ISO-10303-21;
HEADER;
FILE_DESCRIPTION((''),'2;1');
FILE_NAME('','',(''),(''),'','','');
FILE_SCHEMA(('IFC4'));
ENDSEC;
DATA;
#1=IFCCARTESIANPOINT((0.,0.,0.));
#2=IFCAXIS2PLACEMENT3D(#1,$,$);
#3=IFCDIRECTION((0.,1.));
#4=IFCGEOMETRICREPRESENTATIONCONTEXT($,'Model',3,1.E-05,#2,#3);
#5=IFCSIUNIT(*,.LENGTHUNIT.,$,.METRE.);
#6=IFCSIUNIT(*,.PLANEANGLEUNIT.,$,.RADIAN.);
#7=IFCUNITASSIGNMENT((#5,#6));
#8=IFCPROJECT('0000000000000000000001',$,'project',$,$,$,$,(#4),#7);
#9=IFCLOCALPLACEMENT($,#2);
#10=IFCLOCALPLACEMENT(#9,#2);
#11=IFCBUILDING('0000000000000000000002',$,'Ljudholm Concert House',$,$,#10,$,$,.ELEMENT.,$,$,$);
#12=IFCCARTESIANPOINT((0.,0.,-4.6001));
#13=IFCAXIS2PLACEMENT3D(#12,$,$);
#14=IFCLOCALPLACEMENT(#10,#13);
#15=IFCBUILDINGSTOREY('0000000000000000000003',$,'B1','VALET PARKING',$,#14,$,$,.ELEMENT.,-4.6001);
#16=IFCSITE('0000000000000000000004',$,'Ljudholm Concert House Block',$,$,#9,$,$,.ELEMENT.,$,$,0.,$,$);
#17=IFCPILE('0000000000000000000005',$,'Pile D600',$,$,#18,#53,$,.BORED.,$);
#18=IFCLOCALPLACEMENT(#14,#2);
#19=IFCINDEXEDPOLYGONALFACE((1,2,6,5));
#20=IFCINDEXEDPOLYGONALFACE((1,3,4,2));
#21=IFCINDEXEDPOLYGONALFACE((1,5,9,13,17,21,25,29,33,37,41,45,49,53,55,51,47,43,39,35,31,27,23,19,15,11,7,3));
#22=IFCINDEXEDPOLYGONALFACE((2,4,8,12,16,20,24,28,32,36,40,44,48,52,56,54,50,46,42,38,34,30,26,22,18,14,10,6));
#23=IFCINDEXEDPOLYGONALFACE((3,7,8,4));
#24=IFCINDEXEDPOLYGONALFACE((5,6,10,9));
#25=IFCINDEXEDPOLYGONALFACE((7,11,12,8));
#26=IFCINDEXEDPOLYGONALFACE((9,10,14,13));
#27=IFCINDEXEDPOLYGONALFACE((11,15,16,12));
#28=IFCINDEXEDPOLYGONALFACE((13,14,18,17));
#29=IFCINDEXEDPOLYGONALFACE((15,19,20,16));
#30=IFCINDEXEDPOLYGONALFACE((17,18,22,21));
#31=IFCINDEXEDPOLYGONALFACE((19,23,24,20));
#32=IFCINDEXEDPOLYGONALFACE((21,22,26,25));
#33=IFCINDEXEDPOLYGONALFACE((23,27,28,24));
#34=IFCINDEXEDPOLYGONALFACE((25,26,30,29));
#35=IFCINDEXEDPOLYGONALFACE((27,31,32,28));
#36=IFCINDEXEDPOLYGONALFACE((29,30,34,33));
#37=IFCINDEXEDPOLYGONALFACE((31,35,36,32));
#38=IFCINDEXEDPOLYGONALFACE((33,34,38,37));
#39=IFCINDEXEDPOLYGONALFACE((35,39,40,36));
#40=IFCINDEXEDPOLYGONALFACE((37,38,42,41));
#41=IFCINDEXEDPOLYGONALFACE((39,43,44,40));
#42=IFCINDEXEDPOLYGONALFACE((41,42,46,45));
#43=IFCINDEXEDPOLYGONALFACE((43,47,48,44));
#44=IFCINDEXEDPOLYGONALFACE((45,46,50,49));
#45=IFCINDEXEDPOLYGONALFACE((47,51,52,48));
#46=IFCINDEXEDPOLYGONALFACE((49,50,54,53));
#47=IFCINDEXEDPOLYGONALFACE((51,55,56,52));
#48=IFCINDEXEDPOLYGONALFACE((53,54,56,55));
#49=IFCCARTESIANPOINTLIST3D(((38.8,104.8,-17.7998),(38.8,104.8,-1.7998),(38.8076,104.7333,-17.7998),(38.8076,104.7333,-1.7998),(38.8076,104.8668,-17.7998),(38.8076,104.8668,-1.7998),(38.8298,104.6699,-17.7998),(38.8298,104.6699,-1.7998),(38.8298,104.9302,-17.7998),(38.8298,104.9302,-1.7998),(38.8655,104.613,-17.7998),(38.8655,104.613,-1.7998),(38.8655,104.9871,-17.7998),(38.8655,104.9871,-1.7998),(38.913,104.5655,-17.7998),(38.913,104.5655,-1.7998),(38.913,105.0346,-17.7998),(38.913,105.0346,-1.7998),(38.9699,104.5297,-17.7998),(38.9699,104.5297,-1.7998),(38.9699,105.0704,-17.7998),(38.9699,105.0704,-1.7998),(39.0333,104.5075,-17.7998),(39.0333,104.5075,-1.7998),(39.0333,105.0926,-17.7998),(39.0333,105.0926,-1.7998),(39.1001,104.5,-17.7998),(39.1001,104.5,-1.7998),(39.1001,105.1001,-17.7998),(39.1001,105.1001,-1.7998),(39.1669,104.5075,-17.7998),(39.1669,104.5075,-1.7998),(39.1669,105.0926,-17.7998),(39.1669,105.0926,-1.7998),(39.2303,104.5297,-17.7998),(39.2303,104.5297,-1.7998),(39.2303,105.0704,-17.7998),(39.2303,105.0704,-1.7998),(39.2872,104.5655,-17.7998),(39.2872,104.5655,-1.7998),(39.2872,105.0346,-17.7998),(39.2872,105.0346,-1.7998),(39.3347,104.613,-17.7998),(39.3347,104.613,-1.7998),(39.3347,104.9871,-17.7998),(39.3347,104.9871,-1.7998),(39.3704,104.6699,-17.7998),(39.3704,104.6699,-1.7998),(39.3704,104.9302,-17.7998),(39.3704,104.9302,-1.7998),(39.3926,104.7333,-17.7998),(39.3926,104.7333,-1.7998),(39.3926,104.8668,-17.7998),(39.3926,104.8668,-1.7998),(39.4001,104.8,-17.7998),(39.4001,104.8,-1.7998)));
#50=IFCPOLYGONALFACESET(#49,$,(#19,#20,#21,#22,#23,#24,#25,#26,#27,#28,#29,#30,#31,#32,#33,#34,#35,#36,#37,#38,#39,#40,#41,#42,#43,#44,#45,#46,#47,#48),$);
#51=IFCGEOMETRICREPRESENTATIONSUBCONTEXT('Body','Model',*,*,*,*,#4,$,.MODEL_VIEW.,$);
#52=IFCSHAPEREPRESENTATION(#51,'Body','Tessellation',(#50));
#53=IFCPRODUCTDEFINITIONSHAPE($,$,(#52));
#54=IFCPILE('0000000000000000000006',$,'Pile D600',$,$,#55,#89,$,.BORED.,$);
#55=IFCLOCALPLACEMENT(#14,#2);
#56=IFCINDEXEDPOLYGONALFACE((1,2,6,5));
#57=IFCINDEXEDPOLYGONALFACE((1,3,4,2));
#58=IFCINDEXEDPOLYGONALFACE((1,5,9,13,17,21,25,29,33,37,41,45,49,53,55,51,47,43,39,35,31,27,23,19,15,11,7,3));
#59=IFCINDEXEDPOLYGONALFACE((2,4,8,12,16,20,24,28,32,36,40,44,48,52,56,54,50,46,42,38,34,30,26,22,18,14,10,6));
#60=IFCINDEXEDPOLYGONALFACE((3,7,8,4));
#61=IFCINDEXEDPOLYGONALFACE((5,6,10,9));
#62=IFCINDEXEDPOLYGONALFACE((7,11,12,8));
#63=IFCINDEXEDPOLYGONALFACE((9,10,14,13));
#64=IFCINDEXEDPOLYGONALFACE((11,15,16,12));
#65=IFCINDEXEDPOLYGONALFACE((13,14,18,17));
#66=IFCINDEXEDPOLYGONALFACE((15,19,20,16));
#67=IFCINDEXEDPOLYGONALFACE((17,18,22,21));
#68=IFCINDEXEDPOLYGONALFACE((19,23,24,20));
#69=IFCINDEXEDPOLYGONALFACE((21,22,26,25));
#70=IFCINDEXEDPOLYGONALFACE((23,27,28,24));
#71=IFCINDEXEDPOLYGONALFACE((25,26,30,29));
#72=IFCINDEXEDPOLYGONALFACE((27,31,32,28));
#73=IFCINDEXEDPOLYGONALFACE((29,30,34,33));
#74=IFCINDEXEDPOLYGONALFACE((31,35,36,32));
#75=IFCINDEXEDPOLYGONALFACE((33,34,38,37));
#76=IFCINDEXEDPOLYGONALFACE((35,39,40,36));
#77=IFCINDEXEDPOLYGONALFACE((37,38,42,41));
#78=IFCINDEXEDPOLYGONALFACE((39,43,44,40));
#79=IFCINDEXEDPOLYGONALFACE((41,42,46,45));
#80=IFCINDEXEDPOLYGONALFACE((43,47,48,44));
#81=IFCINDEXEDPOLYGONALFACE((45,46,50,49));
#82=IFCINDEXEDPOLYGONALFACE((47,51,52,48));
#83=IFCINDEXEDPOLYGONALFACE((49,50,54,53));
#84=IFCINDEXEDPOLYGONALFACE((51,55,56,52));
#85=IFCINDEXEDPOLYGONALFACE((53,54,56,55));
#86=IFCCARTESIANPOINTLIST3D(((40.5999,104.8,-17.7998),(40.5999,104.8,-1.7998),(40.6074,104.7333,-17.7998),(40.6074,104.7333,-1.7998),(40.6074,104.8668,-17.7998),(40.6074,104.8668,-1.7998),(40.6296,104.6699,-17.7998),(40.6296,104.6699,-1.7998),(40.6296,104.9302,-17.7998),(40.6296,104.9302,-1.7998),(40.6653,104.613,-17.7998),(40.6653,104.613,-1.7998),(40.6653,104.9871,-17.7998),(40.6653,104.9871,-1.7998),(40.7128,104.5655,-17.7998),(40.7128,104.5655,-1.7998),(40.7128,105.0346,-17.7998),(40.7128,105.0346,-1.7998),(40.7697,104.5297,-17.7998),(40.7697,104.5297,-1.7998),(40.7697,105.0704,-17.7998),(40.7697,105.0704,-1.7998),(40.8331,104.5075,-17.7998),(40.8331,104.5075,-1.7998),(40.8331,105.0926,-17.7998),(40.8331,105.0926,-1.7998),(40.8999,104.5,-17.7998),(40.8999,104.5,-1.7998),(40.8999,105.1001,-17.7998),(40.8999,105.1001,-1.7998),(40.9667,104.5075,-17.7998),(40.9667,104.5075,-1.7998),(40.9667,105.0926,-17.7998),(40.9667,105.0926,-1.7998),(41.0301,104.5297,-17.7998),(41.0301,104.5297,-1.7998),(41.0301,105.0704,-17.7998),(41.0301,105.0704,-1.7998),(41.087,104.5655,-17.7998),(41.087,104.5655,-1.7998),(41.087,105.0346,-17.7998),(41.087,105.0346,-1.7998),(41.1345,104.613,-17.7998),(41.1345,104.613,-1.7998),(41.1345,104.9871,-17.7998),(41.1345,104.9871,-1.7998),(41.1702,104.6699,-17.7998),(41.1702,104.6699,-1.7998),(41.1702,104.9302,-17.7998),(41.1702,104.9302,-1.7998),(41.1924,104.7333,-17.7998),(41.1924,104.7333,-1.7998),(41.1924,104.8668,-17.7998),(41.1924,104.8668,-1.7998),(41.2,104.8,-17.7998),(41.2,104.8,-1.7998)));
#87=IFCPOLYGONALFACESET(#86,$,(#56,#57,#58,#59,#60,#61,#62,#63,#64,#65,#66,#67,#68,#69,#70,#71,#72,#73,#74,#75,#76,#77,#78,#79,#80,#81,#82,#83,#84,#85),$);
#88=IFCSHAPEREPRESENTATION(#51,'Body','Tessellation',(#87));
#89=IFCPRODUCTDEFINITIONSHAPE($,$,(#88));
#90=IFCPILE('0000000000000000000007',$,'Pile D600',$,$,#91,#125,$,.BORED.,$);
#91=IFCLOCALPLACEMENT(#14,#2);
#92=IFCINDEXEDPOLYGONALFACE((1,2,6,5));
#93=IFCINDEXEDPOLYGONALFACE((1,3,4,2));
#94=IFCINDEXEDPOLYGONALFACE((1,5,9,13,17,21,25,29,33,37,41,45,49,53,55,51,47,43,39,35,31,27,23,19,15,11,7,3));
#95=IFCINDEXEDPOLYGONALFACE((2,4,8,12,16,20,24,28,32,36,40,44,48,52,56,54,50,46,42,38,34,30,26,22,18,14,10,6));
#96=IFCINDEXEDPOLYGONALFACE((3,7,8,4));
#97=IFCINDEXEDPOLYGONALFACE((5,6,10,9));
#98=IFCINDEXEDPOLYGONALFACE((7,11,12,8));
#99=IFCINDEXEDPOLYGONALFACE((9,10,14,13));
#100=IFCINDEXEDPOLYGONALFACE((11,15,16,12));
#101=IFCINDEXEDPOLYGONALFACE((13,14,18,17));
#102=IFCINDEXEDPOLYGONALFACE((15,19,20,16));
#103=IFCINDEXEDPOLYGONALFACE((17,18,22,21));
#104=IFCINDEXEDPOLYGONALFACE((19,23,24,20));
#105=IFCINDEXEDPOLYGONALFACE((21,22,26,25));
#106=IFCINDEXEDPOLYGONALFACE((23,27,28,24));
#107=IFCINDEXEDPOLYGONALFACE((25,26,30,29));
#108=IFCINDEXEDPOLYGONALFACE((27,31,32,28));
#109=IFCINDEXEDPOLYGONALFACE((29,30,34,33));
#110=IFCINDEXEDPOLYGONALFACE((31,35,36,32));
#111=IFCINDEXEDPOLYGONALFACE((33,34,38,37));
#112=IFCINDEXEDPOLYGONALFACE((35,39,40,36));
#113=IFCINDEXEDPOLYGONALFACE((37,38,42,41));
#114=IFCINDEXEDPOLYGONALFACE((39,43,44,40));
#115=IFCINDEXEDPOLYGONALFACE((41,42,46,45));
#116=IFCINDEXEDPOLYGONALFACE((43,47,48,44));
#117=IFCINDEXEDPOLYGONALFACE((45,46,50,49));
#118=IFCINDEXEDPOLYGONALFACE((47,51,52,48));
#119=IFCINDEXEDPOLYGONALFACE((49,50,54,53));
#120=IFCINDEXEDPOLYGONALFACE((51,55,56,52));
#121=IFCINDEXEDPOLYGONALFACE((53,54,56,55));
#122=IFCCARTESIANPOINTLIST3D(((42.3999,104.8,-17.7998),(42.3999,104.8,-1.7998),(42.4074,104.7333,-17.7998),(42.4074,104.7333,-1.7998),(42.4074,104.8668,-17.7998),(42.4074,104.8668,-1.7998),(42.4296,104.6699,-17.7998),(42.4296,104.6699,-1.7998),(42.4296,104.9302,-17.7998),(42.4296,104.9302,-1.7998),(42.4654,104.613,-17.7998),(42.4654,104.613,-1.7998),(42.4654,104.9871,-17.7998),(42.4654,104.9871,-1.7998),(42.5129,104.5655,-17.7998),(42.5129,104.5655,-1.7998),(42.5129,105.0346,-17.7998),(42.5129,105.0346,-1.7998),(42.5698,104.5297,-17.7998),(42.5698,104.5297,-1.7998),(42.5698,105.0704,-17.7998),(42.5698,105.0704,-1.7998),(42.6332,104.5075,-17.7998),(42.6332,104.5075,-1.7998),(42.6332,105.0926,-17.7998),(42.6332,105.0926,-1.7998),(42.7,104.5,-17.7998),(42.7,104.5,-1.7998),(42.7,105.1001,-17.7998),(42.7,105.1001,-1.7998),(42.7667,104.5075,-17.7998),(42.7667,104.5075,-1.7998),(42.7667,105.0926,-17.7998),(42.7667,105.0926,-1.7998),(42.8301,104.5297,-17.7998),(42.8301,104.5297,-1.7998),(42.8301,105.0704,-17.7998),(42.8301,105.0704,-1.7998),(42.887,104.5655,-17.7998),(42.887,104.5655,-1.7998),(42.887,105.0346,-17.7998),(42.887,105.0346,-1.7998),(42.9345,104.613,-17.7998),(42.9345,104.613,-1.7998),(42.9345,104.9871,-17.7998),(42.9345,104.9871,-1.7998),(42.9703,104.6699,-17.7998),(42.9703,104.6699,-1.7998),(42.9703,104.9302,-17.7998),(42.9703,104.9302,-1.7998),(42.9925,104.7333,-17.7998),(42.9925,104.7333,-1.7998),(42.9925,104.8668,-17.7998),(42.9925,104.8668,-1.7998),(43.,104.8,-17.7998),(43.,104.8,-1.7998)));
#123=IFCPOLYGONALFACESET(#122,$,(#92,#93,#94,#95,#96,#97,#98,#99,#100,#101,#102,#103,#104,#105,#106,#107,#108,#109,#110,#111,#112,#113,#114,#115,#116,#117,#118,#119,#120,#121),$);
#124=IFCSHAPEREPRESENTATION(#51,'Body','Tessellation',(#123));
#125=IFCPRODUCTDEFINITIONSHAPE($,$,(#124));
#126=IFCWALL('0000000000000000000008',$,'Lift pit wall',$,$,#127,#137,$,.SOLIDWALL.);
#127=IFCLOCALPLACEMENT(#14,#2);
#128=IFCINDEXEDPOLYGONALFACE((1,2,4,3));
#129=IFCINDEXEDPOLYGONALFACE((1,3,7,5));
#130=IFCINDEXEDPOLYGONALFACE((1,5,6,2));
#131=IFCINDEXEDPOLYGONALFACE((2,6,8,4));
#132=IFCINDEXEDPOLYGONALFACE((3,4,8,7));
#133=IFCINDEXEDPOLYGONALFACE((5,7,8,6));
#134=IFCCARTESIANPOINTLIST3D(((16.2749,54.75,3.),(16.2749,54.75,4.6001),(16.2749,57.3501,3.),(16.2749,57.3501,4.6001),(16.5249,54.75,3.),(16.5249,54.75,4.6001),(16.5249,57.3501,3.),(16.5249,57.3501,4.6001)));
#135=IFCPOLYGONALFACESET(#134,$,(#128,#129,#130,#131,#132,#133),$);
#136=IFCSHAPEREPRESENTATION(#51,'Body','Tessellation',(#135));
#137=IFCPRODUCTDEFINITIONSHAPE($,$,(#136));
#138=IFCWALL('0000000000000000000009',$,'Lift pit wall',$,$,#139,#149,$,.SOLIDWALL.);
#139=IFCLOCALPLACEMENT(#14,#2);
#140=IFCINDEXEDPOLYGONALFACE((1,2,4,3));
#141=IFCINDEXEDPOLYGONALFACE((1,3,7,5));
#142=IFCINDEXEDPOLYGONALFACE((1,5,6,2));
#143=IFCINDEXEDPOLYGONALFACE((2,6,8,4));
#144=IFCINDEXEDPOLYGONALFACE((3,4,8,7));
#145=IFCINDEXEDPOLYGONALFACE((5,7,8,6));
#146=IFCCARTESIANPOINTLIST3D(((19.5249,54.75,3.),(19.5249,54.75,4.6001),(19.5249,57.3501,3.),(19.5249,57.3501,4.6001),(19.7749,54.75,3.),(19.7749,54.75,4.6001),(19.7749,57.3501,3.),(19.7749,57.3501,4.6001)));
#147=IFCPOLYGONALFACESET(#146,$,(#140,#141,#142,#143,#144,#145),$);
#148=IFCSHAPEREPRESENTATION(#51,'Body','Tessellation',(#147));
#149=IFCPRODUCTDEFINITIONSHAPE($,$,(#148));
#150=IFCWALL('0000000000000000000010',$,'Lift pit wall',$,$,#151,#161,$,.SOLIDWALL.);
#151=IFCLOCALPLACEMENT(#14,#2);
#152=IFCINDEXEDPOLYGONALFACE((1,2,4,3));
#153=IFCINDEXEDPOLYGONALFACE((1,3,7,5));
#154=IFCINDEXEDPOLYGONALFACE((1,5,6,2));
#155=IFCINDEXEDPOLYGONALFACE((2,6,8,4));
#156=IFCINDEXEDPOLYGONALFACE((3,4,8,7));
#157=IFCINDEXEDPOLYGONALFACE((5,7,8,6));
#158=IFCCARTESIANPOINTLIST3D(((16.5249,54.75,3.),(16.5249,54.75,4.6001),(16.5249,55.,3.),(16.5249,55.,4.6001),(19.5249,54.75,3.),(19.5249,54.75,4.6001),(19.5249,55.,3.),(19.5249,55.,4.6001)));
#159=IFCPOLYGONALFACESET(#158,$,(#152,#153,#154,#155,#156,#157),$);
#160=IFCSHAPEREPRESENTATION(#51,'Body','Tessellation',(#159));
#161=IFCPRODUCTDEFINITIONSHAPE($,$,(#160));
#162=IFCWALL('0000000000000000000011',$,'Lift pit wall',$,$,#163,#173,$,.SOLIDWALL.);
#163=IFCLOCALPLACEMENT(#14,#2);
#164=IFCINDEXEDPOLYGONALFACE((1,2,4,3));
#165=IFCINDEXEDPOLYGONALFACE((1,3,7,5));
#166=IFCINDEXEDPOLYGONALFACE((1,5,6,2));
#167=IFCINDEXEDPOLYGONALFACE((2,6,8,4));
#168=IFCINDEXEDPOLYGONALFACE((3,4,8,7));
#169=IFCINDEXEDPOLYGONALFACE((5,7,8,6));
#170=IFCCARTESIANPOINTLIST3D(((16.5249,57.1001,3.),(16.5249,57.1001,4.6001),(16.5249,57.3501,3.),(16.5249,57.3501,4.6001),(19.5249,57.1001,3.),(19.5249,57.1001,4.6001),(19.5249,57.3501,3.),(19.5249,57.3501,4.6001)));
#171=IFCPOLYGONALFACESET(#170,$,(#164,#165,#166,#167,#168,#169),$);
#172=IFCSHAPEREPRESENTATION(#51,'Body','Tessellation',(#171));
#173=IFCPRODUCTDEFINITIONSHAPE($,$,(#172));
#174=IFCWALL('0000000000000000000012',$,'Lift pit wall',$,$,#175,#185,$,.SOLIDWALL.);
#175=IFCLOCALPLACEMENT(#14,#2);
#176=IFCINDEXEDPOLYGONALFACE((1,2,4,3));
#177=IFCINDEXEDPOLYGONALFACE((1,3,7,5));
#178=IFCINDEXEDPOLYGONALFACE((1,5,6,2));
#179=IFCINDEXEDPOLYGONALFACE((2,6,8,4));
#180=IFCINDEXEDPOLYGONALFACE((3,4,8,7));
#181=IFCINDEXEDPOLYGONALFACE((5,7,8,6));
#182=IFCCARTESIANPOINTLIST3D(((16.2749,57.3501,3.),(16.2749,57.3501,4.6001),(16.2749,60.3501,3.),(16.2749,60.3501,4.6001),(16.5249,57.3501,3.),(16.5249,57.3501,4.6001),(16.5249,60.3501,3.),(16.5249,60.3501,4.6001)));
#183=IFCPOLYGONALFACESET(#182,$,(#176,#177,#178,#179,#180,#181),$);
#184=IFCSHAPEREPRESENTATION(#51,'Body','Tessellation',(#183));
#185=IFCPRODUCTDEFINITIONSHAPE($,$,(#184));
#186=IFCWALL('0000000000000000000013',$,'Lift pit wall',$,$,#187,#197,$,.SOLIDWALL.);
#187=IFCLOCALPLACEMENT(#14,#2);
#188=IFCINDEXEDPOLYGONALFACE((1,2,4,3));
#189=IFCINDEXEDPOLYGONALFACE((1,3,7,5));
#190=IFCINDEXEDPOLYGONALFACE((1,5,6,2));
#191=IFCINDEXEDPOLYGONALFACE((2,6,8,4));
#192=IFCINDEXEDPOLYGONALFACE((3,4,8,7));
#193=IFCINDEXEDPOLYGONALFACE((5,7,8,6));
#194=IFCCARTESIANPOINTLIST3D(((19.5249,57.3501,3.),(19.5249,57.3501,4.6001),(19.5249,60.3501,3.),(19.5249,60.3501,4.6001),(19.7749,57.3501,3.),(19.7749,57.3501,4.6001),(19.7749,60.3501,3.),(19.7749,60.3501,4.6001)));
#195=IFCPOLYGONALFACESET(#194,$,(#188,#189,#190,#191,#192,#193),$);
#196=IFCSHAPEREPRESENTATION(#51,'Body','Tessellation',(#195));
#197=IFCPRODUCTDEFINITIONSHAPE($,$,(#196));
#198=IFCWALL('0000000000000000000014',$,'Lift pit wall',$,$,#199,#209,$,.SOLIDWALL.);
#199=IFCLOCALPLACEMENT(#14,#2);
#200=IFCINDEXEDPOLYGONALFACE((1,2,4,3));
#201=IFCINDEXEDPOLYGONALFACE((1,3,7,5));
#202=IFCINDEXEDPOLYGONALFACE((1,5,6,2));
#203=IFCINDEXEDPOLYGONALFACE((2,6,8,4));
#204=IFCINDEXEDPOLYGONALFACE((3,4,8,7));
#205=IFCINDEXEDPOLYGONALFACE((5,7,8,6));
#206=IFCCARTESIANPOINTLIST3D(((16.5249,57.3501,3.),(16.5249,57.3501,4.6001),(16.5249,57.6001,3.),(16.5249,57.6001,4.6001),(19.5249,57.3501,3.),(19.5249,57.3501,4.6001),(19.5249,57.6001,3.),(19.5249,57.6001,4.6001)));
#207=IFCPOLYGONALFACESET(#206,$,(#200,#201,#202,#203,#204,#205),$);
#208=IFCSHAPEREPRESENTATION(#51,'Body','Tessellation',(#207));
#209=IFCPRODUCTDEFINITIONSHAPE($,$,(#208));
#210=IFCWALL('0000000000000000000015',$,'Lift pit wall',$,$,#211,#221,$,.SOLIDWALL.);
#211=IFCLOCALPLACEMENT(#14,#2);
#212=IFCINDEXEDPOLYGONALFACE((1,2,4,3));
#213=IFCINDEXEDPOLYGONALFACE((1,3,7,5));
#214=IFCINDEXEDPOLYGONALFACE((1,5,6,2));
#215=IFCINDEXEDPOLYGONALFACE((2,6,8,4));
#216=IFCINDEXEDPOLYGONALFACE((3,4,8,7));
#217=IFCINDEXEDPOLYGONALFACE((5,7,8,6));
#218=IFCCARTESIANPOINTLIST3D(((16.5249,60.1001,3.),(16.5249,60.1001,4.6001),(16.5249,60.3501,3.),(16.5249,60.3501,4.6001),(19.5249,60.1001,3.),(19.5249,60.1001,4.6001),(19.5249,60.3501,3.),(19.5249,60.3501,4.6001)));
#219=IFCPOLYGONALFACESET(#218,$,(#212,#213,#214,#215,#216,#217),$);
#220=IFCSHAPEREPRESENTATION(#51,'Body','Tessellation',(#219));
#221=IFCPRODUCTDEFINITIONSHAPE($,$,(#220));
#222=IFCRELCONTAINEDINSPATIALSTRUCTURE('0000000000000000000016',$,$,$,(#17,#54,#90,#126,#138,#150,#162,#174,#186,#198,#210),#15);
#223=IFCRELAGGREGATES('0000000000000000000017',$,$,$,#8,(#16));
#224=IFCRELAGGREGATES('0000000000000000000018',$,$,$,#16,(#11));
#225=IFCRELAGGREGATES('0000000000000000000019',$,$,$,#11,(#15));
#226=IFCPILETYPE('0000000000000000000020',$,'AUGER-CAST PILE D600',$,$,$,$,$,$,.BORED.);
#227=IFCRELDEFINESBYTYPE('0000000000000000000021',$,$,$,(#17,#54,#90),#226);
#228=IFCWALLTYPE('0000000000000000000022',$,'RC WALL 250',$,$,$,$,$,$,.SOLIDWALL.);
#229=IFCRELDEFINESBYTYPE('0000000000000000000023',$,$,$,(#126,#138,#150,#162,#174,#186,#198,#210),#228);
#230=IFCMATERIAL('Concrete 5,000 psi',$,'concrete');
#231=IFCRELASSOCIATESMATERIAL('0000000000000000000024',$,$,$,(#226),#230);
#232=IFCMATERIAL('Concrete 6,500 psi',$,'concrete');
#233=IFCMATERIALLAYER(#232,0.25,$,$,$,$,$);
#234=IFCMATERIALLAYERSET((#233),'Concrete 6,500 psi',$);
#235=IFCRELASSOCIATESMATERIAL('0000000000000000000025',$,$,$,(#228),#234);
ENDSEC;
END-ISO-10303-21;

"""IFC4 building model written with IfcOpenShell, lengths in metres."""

from ifc_helpers import new_model, si_unit, direction, frame, frame_2d, origin, origin_2d, place, context, subcontext, project, spatial, rectangle, circle, extrude, material, layer, layer_set, material_profile, profile_set, type_object, element, save


model = new_model("IFC4")

# Units and contexts
model_context = context("Model", 3, precision=1e-05, world=origin(), true_north=direction((0.0, 1.0)))
body_context = subcontext(model_context, "Body", "Model", "MODEL_VIEW")
ifc_project = project(units=[si_unit("LENGTHUNIT", "METRE"), si_unit("PLANEANGLEUNIT", "RADIAN")], contexts=[model_context])

# Site, building, storey
site_placement = place(None, origin())
site = spatial("IfcSite", under=ifc_project, at=site_placement, Name="Ljudholm Concert House Block", CompositionType="ELEMENT", RefElevation=0.0)
building_placement = place(site_placement, origin())
building = spatial("IfcBuilding", under=site, at=building_placement, Name="Ljudholm Concert House", CompositionType="ELEMENT")
storey_placement = place(building_placement, frame((0.0, 0.0, -4.6001)))
storey = spatial("IfcBuildingStorey", under=building, at=storey_placement, Name="B1", Description="VALET PARKING", CompositionType="ELEMENT", Elevation=-4.6001)

# Piles
ifc_material_1 = material(Name="Concrete 5,000 psi", Category="concrete")
ifc_material_profile = material_profile(ifc_material_1, circle(Radius=0.3, at=origin_2d()), Name="AUGER-CAST PILE D600")
ifc_profile_set = profile_set([ifc_material_profile], Name="Concrete 5,000 psi")
pile_type = type_object("IfcPileType", Name="AUGER-CAST PILE D600", PredefinedType="BORED", material=ifc_profile_set)
for number, where, z_axis, x_axis, name in (
    (1, (39.1001, 104.8, -1.7998), (0.0, 0.0, -1.0), (1.0, 0.0, 0.0), "Pile D600"),
    (2, (40.8999, 104.8, -1.7998), (0.0, 0.0, -1.0), (1.0, 0.0, 0.0), "Pile D600"),
    (3, (42.7, 104.8, -1.7998), (0.0, 0.0, -1.0), (1.0, 0.0, 0.0), "Pile D600"),
):
    element("IfcPile", number, at=place(storey_placement, frame(where, z_axis=z_axis, x_axis=x_axis)), inside=storey, type_object=pile_type, Name=name, PredefinedType="BORED", context=body_context, shape_type="SweptSolid", body=[
        extrude(circle(Radius=0.3, at=origin_2d()), origin(), (0.0, 0.0, 1.0), 16.0),
    ])

# Walls
ifc_material_2 = material(Name="Concrete 6,500 psi", Category="concrete")
ifc_layer_1 = layer(ifc_material_2, 0.25)
ifc_layer_set_1 = layer_set([ifc_layer_1], Name="Concrete 6,500 psi")
wall_type_1 = type_object("IfcWallType", Name="RC WALL 250", PredefinedType="SOLIDWALL", material=ifc_layer_set_1)
for number, where, z_axis, x_axis, name in (
    (4, (16.3999, 54.75, 3.0), (0.0, 0.0, 1.0), (0.0, 1.0, 0.0), "Lift pit wall"),
    (5, (19.6499, 54.75, 3.0), (0.0, 0.0, 1.0), (0.0, 1.0, 0.0), "Lift pit wall"),
):
    element("IfcWall", number, at=place(storey_placement, frame(where, z_axis=z_axis, x_axis=x_axis)), inside=storey, type_object=wall_type_1, Name=name, PredefinedType="SOLIDWALL", context=body_context, shape_type="SweptSolid", body=[
        extrude(rectangle(XDim=2.6001, YDim=0.25, at=frame_2d((1.3, 0.0))), origin(), (0.0, 0.0, 1.0), 1.6001),
    ])
for number, where, z_axis, x_axis, name in (
    (6, (16.5249, 54.875, 3.0), (0.0, 0.0, 1.0), (1.0, 0.0, 0.0), "Lift pit wall"),
    (7, (16.5249, 57.2251, 3.0), (0.0, 0.0, 1.0), (1.0, 0.0, 0.0), "Lift pit wall"),
    (8, (16.3999, 57.3501, 3.0), (0.0, 0.0, 1.0), (0.0, 1.0, 0.0), "Lift pit wall"),
    (9, (19.6499, 57.3501, 3.0), (0.0, 0.0, 1.0), (0.0, 1.0, 0.0), "Lift pit wall"),
    (10, (16.5249, 57.4751, 3.0), (0.0, 0.0, 1.0), (1.0, 0.0, 0.0), "Lift pit wall"),
    (11, (16.5249, 60.2251, 3.0), (0.0, 0.0, 1.0), (1.0, 0.0, 0.0), "Lift pit wall"),
):
    element("IfcWall", number, at=place(storey_placement, frame(where, z_axis=z_axis, x_axis=x_axis)), inside=storey, type_object=wall_type_1, Name=name, PredefinedType="SOLIDWALL", context=body_context, shape_type="SweptSolid", body=[
        extrude(rectangle(XDim=3.0, YDim=0.25, at=frame_2d((1.5, 0.0))), origin(), (0.0, 0.0, 1.0), 1.6001),
    ])

save(model, "model.ifc")
